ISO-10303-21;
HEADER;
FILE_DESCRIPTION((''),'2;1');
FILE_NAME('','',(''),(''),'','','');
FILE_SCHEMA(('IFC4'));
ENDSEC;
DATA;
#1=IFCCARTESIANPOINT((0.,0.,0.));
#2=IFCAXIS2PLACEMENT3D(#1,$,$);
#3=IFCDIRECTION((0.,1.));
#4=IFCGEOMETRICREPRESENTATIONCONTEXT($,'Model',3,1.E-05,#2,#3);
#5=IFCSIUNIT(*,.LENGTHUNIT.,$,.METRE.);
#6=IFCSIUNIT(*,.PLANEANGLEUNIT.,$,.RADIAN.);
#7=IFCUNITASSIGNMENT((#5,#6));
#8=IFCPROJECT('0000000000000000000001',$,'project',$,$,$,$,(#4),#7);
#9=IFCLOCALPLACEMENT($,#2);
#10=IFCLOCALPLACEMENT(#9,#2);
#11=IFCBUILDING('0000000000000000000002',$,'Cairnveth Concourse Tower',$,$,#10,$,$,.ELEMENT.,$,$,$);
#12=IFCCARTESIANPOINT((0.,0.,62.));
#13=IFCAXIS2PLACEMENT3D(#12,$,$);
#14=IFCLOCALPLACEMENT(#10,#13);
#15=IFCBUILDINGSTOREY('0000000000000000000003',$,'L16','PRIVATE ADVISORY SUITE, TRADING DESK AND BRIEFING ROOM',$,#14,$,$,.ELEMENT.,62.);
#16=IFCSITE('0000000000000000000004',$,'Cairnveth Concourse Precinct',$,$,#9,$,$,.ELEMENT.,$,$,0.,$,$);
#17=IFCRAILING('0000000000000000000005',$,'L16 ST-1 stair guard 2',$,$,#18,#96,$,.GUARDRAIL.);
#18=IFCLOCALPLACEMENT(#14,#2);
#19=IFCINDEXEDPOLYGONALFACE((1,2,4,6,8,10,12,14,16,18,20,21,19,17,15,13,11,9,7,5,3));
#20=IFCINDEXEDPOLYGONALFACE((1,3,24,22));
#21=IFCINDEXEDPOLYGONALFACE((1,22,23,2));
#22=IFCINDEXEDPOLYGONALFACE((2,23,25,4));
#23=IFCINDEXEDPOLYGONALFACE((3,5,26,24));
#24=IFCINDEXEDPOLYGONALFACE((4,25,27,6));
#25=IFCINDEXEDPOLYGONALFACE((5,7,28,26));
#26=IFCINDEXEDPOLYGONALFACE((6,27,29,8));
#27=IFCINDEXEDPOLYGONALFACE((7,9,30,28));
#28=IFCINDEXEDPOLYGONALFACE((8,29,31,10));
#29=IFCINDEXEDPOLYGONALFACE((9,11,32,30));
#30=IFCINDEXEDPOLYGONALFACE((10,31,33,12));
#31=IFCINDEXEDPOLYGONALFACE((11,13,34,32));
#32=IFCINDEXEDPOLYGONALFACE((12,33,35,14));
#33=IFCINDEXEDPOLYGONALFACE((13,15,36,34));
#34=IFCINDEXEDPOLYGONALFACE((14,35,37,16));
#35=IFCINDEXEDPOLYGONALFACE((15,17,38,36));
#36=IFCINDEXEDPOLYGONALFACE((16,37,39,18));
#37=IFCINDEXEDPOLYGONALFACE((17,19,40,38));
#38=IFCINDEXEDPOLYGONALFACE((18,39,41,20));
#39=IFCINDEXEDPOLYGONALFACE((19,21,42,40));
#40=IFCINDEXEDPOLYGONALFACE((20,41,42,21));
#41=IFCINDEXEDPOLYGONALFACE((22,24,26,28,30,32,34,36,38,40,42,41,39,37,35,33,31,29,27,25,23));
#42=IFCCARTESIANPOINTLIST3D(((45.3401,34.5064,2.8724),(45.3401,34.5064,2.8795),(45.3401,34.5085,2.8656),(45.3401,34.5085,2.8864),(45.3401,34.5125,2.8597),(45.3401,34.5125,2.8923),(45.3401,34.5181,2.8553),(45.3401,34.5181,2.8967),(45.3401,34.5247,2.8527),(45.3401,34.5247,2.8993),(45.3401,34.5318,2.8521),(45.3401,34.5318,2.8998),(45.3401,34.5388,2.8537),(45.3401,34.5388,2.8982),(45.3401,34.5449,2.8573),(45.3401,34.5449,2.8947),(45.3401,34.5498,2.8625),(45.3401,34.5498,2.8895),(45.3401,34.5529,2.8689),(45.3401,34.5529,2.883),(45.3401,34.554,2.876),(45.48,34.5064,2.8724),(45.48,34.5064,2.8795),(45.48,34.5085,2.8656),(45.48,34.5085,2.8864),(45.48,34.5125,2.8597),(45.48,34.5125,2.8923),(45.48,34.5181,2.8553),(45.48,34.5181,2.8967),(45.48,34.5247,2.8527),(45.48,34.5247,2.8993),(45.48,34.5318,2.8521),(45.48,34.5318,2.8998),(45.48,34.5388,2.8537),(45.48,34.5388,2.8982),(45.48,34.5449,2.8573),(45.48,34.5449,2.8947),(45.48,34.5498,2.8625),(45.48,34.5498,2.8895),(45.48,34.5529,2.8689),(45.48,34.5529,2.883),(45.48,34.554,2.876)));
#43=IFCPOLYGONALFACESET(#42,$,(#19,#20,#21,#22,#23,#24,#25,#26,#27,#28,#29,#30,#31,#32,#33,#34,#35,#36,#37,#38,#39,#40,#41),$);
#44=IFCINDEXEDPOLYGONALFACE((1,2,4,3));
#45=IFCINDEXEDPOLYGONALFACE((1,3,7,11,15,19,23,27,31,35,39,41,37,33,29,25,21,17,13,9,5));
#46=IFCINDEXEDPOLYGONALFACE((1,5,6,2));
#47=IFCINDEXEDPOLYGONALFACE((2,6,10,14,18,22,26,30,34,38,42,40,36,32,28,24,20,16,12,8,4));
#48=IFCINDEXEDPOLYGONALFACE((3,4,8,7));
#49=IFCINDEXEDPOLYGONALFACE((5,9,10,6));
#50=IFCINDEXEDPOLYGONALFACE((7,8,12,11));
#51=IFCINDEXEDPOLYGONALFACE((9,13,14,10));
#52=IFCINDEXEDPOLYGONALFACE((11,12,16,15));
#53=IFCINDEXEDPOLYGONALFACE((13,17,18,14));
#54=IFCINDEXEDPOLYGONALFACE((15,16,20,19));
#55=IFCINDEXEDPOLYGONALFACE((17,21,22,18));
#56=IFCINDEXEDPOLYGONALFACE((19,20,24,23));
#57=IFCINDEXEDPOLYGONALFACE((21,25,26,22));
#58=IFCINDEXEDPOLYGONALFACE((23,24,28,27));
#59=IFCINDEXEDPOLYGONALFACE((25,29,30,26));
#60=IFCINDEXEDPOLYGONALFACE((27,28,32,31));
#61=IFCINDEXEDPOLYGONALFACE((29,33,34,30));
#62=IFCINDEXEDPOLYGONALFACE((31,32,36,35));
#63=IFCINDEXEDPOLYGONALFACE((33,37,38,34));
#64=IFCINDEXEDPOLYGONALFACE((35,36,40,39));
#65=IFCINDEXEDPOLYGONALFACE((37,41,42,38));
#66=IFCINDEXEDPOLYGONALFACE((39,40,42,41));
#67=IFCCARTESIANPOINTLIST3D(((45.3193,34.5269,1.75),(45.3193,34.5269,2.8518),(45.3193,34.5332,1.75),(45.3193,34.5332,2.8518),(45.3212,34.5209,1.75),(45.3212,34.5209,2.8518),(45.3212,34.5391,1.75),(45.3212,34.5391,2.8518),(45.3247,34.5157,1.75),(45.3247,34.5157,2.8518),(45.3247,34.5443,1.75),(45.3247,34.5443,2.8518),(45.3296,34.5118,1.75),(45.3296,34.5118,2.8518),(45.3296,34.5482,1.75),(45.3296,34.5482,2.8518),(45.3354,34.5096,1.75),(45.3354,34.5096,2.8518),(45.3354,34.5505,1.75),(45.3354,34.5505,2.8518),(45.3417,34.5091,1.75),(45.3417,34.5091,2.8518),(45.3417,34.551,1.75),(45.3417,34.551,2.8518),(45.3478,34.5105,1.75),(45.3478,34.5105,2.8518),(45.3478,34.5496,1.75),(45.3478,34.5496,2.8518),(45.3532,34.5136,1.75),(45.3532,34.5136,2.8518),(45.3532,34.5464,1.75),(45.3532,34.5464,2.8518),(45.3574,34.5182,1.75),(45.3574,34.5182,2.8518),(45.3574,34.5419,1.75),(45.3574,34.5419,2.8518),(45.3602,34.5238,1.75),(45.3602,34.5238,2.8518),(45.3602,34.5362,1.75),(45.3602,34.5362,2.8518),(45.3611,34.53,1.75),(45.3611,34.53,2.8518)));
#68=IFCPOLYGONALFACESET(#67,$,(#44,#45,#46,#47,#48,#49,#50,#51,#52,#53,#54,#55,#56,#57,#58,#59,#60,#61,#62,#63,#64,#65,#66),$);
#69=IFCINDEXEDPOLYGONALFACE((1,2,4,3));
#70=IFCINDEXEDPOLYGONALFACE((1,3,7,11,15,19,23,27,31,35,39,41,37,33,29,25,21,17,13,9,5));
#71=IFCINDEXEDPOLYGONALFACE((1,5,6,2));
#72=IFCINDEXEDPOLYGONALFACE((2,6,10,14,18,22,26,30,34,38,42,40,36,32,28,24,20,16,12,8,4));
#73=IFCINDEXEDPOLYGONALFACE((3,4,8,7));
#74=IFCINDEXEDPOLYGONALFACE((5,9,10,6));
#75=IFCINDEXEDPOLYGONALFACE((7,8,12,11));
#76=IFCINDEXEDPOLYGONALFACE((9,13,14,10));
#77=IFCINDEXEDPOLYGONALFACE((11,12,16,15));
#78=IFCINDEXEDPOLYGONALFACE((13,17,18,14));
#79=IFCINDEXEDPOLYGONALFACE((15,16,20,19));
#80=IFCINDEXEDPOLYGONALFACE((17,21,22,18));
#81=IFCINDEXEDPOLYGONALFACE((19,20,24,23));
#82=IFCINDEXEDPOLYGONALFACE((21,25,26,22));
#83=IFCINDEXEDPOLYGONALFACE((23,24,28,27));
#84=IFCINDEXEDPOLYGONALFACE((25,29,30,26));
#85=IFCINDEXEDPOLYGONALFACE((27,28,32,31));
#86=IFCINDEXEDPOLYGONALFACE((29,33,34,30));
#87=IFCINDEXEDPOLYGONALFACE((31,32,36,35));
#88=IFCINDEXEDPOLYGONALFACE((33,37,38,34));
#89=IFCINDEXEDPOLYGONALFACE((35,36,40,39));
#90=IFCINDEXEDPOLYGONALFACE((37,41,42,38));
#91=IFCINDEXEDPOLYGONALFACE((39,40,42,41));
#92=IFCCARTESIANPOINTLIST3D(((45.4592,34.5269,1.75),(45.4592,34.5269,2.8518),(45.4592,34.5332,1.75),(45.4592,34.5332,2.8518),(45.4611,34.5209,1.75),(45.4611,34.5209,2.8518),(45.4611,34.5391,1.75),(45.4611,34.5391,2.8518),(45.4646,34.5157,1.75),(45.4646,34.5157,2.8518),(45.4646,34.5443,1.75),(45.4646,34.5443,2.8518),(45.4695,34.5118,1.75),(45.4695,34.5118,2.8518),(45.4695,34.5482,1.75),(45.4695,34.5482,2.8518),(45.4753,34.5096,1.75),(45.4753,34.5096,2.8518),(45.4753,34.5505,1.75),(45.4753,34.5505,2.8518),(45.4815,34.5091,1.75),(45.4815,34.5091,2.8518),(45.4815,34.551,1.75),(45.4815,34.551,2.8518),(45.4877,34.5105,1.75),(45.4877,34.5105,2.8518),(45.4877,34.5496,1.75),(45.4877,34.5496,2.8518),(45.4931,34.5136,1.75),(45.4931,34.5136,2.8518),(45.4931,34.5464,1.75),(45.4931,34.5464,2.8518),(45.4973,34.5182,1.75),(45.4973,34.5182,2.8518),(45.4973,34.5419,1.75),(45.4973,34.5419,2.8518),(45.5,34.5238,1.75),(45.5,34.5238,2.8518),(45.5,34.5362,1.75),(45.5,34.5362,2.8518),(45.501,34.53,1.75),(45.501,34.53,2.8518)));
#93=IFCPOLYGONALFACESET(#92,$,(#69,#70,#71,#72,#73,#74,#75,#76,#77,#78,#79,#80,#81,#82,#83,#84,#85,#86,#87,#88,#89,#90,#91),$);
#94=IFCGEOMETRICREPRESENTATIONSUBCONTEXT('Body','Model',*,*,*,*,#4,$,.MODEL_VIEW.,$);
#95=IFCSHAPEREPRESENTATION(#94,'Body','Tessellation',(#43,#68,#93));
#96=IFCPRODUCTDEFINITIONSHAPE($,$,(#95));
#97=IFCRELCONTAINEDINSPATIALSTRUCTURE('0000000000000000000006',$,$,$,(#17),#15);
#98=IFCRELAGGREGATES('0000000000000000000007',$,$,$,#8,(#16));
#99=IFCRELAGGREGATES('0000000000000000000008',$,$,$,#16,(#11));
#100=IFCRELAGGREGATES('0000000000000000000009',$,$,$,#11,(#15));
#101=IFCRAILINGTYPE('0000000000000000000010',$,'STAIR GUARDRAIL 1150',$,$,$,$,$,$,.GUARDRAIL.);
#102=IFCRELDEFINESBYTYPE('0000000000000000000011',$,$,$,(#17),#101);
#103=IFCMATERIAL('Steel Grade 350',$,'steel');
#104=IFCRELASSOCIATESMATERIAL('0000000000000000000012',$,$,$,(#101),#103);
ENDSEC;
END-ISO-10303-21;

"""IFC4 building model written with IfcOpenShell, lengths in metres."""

from ifc_helpers import new_model, si_unit, direction, frame, origin, origin_2d, place, context, subcontext, project, spatial, circle, extrude, material, type_object, element, save


model = new_model("IFC4")

# Units and contexts
model_context = context("Model", 3, precision=1e-05, world=origin(), true_north=direction((0.0, 1.0)))
body_context = subcontext(model_context, "Body", "Model", "MODEL_VIEW")
ifc_project = project(units=[si_unit("LENGTHUNIT", "METRE"), si_unit("PLANEANGLEUNIT", "RADIAN")], contexts=[model_context])

# Site, building, storey
site_placement = place(None, origin())
site = spatial("IfcSite", under=ifc_project, at=site_placement, Name="Cairnveth Concourse Precinct", CompositionType="ELEMENT", RefElevation=0.0)
building_placement = place(site_placement, origin())
building = spatial("IfcBuilding", under=site, at=building_placement, Name="Cairnveth Concourse Tower", CompositionType="ELEMENT")
storey_placement = place(building_placement, frame((0.0, 0.0, 62.0)))
storey = spatial("IfcBuildingStorey", under=building, at=storey_placement, Name="L16", Description="PRIVATE ADVISORY SUITE, TRADING DESK AND BRIEFING ROOM", CompositionType="ELEMENT", Elevation=62.0)

# Railing
ifc_material_1 = material(Name="Steel Grade 350", Category="steel")
railing_type_1 = type_object("IfcRailingType", Name="STAIR GUARDRAIL 1150", PredefinedType="GUARDRAIL", material=ifc_material_1)
railing_1_placement = place(storey_placement, frame((45.3401, 34.53, 1.75)))
element("IfcRailing", 1, at=railing_1_placement, inside=storey, type_object=railing_type_1, Name="L16 ST-1 stair guard 2", PredefinedType="GUARDRAIL", context=body_context, shape_type="SweptSolid", body=[
    extrude(circle(Radius=0.0239, at=origin_2d()), frame((0.0, 0.0, 1.126), z_axis=(1.0, 0.0, 0.0), x_axis=(0.0, 1.0, 0.0)), (0.0, 0.0, 1.0), 0.1399),
    extrude(circle(Radius=0.021, at=origin_2d()), origin(), (0.0, 0.0, 1.0), 1.1018),
    extrude(circle(Radius=0.021, at=origin_2d()), frame((0.1399, 0.0, 0.0)), (0.0, 0.0, 1.0), 1.1018),
])

save(model, "model.ifc")
